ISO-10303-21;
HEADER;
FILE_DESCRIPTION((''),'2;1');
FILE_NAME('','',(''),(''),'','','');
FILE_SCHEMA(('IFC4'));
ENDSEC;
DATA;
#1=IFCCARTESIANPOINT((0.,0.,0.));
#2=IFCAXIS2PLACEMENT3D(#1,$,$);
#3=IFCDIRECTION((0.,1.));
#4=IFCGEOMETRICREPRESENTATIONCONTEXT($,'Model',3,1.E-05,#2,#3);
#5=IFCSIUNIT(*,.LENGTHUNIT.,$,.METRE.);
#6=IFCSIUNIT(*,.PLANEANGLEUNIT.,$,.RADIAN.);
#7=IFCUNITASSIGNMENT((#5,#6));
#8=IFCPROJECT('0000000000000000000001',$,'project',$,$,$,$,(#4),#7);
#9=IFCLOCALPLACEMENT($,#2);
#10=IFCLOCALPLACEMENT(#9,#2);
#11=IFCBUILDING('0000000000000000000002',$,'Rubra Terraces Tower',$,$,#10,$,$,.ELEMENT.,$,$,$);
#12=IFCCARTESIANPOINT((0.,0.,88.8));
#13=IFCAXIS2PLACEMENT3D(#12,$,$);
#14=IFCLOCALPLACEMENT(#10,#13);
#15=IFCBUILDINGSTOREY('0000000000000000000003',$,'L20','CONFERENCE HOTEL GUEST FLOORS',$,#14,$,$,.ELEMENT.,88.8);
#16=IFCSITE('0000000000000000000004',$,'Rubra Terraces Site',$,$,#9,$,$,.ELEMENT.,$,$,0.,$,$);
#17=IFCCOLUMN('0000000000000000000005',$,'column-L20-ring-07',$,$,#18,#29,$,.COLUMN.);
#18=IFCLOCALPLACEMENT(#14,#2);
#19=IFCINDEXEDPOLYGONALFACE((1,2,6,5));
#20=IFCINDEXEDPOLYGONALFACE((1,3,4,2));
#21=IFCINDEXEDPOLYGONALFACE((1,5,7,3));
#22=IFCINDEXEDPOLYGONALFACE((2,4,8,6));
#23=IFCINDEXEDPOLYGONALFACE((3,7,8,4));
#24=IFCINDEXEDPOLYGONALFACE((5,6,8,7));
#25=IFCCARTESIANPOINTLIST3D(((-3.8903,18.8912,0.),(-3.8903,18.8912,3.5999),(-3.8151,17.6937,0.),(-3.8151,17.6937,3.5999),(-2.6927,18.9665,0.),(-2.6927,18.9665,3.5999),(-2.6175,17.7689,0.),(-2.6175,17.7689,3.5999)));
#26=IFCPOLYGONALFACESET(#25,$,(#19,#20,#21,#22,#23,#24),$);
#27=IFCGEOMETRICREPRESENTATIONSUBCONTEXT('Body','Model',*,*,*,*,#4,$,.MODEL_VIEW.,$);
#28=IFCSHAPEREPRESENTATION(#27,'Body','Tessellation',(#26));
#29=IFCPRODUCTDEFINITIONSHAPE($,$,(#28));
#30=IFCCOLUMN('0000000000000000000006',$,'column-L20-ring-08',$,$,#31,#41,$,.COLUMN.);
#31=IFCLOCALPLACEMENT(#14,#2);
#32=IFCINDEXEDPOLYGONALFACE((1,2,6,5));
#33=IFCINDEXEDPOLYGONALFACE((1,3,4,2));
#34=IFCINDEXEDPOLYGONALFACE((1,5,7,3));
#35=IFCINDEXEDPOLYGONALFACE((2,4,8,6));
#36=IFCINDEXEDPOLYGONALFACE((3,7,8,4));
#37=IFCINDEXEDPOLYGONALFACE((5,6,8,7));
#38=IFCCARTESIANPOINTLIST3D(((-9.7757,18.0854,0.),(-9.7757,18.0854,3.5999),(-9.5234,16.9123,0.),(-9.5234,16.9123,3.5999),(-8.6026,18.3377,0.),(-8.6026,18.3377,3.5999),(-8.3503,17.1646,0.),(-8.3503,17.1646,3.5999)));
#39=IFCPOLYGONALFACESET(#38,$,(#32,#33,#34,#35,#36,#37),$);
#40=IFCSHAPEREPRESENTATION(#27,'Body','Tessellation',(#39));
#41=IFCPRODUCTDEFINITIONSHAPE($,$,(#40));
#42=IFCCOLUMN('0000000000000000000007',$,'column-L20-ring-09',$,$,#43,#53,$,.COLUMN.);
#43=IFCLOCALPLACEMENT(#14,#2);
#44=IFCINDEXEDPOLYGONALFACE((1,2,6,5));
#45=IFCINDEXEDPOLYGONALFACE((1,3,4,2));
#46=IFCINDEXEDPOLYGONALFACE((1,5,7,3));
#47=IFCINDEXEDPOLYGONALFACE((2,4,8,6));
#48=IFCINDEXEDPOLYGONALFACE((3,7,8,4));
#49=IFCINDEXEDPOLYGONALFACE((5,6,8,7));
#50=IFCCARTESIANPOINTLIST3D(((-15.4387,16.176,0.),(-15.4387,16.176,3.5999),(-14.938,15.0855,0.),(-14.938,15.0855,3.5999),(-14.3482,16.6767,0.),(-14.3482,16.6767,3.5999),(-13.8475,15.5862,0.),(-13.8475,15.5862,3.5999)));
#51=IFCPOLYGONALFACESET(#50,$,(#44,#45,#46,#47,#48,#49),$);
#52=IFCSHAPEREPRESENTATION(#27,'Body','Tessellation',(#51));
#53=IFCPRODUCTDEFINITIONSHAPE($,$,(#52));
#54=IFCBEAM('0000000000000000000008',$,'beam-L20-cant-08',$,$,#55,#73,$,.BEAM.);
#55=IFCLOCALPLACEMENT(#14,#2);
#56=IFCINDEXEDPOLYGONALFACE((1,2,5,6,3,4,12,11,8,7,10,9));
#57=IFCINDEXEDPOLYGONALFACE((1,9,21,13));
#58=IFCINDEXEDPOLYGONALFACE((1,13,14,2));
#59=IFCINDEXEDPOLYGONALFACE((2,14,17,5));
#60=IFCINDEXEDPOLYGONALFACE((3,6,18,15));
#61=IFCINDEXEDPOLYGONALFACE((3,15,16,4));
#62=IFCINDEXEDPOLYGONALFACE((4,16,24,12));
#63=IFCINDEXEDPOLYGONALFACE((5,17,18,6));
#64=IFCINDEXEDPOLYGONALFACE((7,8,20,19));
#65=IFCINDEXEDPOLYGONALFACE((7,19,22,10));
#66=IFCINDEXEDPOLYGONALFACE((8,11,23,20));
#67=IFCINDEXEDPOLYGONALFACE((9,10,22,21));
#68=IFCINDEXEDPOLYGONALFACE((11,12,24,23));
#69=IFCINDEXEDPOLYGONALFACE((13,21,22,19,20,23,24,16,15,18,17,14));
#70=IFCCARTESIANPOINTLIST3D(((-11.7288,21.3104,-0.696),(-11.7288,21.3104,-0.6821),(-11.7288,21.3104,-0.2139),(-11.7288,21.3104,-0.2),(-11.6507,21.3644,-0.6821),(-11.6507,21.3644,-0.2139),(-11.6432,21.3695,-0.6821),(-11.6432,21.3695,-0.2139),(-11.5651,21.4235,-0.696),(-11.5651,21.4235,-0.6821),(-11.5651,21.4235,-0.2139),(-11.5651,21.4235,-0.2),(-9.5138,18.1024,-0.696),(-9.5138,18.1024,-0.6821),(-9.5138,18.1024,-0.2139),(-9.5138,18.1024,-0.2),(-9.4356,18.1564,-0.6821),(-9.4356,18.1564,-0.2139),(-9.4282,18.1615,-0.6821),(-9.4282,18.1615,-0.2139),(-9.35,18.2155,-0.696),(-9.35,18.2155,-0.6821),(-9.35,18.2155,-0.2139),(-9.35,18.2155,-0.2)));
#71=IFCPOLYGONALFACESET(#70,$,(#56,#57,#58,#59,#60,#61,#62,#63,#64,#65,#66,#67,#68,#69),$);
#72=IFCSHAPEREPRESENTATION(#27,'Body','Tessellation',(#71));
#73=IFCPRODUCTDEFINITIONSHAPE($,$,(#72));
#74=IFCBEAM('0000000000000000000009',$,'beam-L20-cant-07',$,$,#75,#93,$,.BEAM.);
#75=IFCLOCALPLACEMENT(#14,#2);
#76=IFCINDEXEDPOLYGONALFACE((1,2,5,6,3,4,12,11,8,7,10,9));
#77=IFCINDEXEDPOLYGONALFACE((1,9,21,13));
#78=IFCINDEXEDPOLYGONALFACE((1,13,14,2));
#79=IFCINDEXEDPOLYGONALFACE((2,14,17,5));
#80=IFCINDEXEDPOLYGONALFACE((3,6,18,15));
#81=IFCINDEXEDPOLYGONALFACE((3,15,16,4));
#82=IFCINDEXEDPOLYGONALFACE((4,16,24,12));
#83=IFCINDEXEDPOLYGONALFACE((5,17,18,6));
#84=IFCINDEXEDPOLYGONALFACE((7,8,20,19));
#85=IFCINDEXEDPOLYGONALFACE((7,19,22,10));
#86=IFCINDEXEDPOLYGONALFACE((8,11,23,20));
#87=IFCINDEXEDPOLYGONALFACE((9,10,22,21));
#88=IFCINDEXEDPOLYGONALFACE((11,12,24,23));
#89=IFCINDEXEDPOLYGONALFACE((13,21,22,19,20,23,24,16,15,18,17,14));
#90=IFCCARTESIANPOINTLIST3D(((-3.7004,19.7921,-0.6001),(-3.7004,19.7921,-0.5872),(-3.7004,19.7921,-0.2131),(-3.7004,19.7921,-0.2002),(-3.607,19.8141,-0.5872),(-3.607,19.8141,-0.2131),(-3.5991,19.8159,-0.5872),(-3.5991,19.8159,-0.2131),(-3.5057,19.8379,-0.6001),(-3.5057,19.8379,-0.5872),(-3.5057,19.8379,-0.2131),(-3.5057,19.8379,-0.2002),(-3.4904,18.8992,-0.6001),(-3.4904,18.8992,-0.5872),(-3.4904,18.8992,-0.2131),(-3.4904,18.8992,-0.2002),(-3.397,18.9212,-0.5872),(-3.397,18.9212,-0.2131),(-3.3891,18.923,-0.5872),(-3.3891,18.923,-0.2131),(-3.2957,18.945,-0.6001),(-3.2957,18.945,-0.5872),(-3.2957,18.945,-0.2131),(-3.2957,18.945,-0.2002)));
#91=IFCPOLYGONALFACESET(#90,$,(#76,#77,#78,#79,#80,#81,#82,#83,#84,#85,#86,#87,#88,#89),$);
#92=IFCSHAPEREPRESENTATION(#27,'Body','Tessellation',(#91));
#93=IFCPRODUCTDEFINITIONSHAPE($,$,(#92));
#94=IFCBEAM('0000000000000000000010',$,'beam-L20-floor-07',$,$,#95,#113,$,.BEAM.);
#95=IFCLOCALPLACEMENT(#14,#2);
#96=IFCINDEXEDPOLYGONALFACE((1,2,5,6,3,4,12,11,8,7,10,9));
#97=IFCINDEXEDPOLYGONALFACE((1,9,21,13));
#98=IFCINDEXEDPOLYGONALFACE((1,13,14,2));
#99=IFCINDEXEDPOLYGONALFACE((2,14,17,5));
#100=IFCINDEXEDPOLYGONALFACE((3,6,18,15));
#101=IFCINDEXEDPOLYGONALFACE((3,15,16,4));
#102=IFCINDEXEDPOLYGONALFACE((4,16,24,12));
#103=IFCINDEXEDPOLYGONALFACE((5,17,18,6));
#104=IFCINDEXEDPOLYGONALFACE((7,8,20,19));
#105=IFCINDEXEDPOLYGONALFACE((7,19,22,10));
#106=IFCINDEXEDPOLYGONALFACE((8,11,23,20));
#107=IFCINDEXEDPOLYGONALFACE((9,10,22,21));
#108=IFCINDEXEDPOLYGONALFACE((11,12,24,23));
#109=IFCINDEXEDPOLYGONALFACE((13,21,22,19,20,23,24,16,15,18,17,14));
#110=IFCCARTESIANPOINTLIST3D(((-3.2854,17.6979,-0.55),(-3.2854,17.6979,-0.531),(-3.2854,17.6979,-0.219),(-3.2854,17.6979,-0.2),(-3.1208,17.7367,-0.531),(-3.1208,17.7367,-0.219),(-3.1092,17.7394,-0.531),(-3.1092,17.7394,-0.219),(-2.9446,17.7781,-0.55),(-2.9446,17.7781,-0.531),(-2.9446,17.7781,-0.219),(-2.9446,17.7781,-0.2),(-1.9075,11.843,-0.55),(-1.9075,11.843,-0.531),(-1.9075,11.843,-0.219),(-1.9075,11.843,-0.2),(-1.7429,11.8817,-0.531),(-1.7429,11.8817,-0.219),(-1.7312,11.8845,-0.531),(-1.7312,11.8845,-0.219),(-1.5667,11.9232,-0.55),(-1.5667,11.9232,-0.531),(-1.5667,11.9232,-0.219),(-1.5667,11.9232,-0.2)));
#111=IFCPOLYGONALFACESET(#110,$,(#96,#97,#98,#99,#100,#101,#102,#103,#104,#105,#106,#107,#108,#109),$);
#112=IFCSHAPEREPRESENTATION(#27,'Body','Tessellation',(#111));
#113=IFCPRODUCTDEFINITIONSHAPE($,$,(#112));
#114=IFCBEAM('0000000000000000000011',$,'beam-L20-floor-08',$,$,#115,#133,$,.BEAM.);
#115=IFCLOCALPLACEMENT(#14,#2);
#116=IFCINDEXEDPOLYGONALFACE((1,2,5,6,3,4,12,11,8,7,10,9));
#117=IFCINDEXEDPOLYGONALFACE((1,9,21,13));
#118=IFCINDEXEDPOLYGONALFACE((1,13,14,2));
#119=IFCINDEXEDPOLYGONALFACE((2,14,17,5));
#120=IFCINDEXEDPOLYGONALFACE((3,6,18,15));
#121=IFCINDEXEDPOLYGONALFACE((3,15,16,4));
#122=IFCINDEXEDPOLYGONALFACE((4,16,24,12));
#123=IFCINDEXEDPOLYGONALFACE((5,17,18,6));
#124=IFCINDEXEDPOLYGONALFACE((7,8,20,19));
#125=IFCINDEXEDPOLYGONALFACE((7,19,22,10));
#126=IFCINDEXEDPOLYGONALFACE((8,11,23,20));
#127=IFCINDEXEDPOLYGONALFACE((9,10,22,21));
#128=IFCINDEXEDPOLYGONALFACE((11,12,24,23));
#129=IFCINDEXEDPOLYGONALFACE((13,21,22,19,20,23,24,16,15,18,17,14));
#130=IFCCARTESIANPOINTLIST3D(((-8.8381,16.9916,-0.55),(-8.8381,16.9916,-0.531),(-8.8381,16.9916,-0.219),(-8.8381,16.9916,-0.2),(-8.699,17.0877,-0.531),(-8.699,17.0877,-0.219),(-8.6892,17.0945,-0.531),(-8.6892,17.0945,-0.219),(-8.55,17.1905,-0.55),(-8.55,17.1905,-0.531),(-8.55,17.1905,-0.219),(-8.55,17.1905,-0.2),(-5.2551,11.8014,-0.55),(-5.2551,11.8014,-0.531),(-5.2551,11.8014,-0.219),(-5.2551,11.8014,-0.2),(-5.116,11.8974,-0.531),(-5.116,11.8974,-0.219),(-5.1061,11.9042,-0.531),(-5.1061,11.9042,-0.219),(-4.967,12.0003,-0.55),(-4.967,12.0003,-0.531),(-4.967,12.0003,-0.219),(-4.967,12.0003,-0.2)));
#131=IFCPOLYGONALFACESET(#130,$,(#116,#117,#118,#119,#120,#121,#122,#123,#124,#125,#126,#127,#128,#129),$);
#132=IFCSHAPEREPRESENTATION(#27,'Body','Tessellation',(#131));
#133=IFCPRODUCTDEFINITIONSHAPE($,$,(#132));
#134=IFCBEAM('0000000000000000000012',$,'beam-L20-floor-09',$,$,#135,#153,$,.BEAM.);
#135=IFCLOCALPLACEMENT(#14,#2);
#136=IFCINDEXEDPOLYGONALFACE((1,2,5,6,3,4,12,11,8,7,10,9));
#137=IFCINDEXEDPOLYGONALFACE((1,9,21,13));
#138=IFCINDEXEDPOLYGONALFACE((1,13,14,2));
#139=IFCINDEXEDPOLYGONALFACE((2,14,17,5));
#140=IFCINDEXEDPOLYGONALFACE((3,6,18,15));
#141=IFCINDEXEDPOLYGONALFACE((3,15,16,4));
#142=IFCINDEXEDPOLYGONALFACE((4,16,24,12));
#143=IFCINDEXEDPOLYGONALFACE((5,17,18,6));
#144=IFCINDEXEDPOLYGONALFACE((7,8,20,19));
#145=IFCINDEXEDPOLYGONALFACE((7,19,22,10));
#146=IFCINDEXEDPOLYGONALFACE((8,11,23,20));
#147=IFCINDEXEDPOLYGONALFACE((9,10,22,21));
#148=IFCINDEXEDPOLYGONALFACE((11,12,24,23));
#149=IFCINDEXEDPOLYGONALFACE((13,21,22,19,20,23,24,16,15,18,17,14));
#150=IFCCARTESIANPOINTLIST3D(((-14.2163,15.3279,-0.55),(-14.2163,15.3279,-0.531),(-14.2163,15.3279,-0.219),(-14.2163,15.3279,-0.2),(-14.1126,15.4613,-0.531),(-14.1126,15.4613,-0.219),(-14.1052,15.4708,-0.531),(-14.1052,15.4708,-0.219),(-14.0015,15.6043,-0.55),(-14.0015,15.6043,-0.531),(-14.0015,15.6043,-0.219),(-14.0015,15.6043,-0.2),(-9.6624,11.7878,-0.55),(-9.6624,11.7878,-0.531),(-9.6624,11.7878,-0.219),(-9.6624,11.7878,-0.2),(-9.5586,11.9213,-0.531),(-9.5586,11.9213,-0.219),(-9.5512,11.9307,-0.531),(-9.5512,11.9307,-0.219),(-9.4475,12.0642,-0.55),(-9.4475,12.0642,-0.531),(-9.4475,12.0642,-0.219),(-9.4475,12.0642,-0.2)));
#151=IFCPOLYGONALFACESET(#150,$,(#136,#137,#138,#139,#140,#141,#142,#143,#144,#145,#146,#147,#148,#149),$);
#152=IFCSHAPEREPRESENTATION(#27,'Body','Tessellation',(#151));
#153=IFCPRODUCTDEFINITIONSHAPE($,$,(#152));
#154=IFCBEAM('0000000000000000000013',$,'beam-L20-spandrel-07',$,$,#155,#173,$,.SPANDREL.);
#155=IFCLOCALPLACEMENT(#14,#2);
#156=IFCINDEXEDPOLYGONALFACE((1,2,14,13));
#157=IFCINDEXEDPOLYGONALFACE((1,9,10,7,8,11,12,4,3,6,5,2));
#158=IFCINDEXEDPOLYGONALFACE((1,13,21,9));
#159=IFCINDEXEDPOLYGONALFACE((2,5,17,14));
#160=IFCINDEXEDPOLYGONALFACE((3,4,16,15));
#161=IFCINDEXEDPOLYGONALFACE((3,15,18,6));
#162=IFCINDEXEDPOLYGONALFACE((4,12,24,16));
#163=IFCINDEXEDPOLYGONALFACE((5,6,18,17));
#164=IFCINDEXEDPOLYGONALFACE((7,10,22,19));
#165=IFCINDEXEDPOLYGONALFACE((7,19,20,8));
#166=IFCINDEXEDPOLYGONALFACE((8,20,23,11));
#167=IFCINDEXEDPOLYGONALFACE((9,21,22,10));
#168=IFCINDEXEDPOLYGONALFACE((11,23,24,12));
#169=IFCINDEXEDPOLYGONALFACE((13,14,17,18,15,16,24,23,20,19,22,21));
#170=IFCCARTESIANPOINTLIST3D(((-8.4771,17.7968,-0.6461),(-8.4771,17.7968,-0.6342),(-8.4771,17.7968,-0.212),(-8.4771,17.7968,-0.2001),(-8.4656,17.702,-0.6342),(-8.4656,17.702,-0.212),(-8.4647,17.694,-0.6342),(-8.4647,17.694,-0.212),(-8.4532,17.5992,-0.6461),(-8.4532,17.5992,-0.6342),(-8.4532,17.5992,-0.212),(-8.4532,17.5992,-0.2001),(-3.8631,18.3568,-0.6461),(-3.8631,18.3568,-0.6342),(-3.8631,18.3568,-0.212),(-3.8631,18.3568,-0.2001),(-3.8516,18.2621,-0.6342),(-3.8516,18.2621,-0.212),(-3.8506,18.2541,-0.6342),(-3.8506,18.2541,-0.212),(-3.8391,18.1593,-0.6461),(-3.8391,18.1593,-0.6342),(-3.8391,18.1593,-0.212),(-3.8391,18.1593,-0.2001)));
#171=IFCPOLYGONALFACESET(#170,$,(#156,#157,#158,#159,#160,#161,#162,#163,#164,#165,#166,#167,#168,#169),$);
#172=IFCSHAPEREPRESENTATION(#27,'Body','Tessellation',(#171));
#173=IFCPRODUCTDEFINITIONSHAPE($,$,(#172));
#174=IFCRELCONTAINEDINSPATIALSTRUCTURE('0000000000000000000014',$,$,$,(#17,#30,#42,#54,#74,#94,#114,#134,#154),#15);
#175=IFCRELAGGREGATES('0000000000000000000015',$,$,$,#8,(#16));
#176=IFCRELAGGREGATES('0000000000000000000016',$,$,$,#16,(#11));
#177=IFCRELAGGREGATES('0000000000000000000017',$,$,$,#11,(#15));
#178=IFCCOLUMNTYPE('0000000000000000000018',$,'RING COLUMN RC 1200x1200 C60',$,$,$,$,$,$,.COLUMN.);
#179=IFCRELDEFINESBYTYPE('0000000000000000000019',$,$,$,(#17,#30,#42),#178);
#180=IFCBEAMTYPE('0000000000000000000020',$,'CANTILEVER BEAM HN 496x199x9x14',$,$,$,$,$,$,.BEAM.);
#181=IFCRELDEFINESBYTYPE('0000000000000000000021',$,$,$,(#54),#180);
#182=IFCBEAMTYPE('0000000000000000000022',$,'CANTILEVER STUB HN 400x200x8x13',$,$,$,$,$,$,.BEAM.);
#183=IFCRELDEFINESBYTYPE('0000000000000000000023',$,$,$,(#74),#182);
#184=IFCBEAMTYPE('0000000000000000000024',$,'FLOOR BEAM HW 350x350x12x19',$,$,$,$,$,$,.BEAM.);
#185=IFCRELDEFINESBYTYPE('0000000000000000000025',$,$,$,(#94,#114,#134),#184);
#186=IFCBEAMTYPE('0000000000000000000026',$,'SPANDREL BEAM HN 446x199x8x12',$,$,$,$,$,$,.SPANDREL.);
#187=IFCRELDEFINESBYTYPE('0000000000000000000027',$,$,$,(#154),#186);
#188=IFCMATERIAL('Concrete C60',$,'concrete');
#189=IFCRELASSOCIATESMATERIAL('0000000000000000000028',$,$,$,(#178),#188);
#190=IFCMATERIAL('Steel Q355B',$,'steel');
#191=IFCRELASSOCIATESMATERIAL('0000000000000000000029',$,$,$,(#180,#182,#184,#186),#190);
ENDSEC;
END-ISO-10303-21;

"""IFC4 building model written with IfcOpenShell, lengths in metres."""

from ifc_helpers import new_model, si_unit, direction, frame, origin, origin_2d, place, context, subcontext, project, spatial, rectangle, i_section, extrude, material, material_profile, profile_set, type_object, element, save


model = new_model("IFC4")

# Units and contexts
model_context = context("Model", 3, precision=1e-05, world=origin(), true_north=direction((0.0, 1.0)))
body_context = subcontext(model_context, "Body", "Model", "MODEL_VIEW")
ifc_project = project(units=[si_unit("LENGTHUNIT", "METRE"), si_unit("PLANEANGLEUNIT", "RADIAN")], contexts=[model_context])

# Site, building, storey
site_placement = place(None, origin())
site = spatial("IfcSite", under=ifc_project, at=site_placement, Name="Rubra Terraces Site", CompositionType="ELEMENT", RefElevation=0.0)
building_placement = place(site_placement, origin())
building = spatial("IfcBuilding", under=site, at=building_placement, Name="Rubra Terraces Tower", CompositionType="ELEMENT")
storey_placement = place(building_placement, frame((0.0, 0.0, 88.8)))
storey = spatial("IfcBuildingStorey", under=building, at=storey_placement, Name="L20", Description="CONFERENCE HOTEL GUEST FLOORS", CompositionType="ELEMENT", Elevation=88.8)

# Columns
ifc_material_1 = material(Name="Concrete C60", Category="concrete")
ifc_material_profile_1 = material_profile(ifc_material_1, rectangle(XDim=1.2, YDim=1.2, at=origin_2d()), Name="RC 1200x1200")
ifc_profile_set_1 = profile_set([ifc_material_profile_1], Name="Concrete C60")
column_type = type_object("IfcColumnType", Name="RING COLUMN RC 1200x1200 C60", PredefinedType="COLUMN", material=ifc_profile_set_1)
for number, where, z_axis, x_axis, name in (
    (1, (-3.2539, 18.3301, 0.0), (0.0, 0.0, 1.0), (-0.998032, -0.062714, 0.0), "column-L20-ring-07"),
    (2, (-9.063, 17.625, 0.0), (0.0, 0.0, 1.0), (-0.977653, -0.210227, 0.0), "column-L20-ring-08"),
    (3, (-14.6431, 15.8811, 0.0), (0.0, 0.0, 1.0), (-0.908779, -0.417279, 0.0), "column-L20-ring-09"),
):
    element("IfcColumn", number, at=place(storey_placement, frame(where, z_axis=z_axis, x_axis=x_axis)), inside=storey, type_object=column_type, Name=name, PredefinedType="COLUMN", context=body_context, shape_type="SweptSolid", body=[
        extrude(rectangle(XDim=1.2, YDim=1.2, at=origin_2d()), origin(), (0.0, 0.0, 1.0), 3.5999),
    ])

# Beams
ifc_material_2 = material(Name="Steel Q355B", Category="steel")
ifc_material_profile_2 = material_profile(ifc_material_2, i_section(OverallWidth=0.199, OverallDepth=0.4961, WebThickness=0.009, FlangeThickness=0.0139, at=origin_2d()), Name="HN 496x199x9x14")
ifc_profile_set_2 = profile_set([ifc_material_profile_2], Name="Steel Q355B")
beam_type_1 = type_object("IfcBeamType", Name="CANTILEVER BEAM HN 496x199x9x14", PredefinedType="BEAM", material=ifc_profile_set_2)
beam_1_placement = place(storey_placement, frame((-9.4319, 18.1589, -0.448), z_axis=(-0.568197, 0.822893, 0.0), x_axis=(-0.822893, -0.568197, 0.0)))
element("IfcBeam", 4, at=beam_1_placement, inside=storey, type_object=beam_type_1, Name="beam-L20-cant-08", PredefinedType="BEAM", context=body_context, shape_type="SweptSolid", body=[
    extrude(i_section(OverallWidth=0.199, OverallDepth=0.4961, WebThickness=0.009, FlangeThickness=0.0139, at=origin_2d()), origin(), (0.0, 0.0, 1.0), 3.8984),
])
ifc_material_profile_3 = material_profile(ifc_material_2, i_section(OverallWidth=0.2, OverallDepth=0.3999, WebThickness=0.0081, FlangeThickness=0.0129, at=origin_2d()), Name="HN 400x200x8x13")
ifc_profile_set_3 = profile_set([ifc_material_profile_3], Name="Steel Q355B")
beam_type_2 = type_object("IfcBeamType", Name="CANTILEVER STUB HN 400x200x8x13", PredefinedType="BEAM", material=ifc_profile_set_3)
beam_2_placement = place(storey_placement, frame((-3.3931, 18.9221, -0.4001), z_axis=(-0.228921, 0.973445, 0.0), x_axis=(-0.973445, -0.228921, 0.0)))
element("IfcBeam", 5, at=beam_2_placement, inside=storey, type_object=beam_type_2, Name="beam-L20-cant-07", PredefinedType="BEAM", context=body_context, shape_type="SweptSolid", body=[
    extrude(i_section(OverallWidth=0.2, OverallDepth=0.3999, WebThickness=0.0081, FlangeThickness=0.0129, at=origin_2d()), origin(), (0.0, 0.0, 1.0), 0.9172),
])
ifc_material_profile_4 = material_profile(ifc_material_2, i_section(OverallWidth=0.3501, OverallDepth=0.3501, WebThickness=0.012, FlangeThickness=0.019, at=origin_2d()), Name="HW 350x350x12x19")
ifc_profile_set_4 = profile_set([ifc_material_profile_4], Name="Steel Q355B")
beam_type_3 = type_object("IfcBeamType", Name="FLOOR BEAM HW 350x350x12x19", PredefinedType="BEAM", material=ifc_profile_set_4)
beam_3_placement = place(storey_placement, frame((-3.115, 17.738, -0.375), z_axis=(0.229085, -0.973407, 0.0), x_axis=(0.973407, 0.229085, 0.0)))
element("IfcBeam", 6, at=beam_3_placement, inside=storey, type_object=beam_type_3, Name="beam-L20-floor-07", PredefinedType="BEAM", context=body_context, shape_type="SweptSolid", body=[
    extrude(i_section(OverallWidth=0.3501, OverallDepth=0.3501, WebThickness=0.012, FlangeThickness=0.019, at=origin_2d()), origin(), (0.0, 0.0, 1.0), 6.0149),
])
beam_4_placement = place(storey_placement, frame((-8.6941, 17.0911, -0.375), z_axis=(0.568116, -0.822948, 0.0), x_axis=(0.822948, 0.568116, 0.0)))
element("IfcBeam", 7, at=beam_4_placement, inside=storey, type_object=beam_type_3, Name="beam-L20-floor-08", PredefinedType="BEAM", context=body_context, shape_type="SweptSolid", body=[
    extrude(i_section(OverallWidth=0.3501, OverallDepth=0.3501, WebThickness=0.012, FlangeThickness=0.019, at=origin_2d()), origin(), (0.0, 0.0, 1.0), 6.3069),
])
beam_5_placement = place(storey_placement, frame((-14.1089, 15.4661, -0.375), z_axis=(0.789514, -0.613733, 0.0), x_axis=(0.613733, 0.789514, 0.0)))
element("IfcBeam", 8, at=beam_5_placement, inside=storey, type_object=beam_type_3, Name="beam-L20-floor-09", PredefinedType="BEAM", context=body_context, shape_type="SweptSolid", body=[
    extrude(i_section(OverallWidth=0.3501, OverallDepth=0.3501, WebThickness=0.012, FlangeThickness=0.019, at=origin_2d()), origin(), (0.0, 0.0, 1.0), 5.7681),
])
ifc_material_profile_5 = material_profile(ifc_material_2, i_section(OverallWidth=0.199, OverallDepth=0.446, WebThickness=0.0081, FlangeThickness=0.012, at=origin_2d()), Name="HN 446x199x8x12")
ifc_profile_set_5 = profile_set([ifc_material_profile_5], Name="Steel Q355B")
beam_type_4 = type_object("IfcBeamType", Name="SPANDREL BEAM HN 446x199x8x12", PredefinedType="SPANDREL", material=ifc_profile_set_5)
beam_6_placement = place(storey_placement, frame((-3.8511, 18.2581, -0.4231), z_axis=(-0.992714, -0.120498, 0.0), x_axis=(0.120498, -0.992714, 0.0)))
element("IfcBeam", 9, at=beam_6_placement, inside=storey, type_object=beam_type_4, Name="beam-L20-spandrel-07", PredefinedType="SPANDREL", context=body_context, shape_type="SweptSolid", body=[
    extrude(i_section(OverallWidth=0.199, OverallDepth=0.446, WebThickness=0.0081, FlangeThickness=0.012, at=origin_2d()), origin(), (0.0, 0.0, 1.0), 4.6479),
])

save(model, "model.ifc")
